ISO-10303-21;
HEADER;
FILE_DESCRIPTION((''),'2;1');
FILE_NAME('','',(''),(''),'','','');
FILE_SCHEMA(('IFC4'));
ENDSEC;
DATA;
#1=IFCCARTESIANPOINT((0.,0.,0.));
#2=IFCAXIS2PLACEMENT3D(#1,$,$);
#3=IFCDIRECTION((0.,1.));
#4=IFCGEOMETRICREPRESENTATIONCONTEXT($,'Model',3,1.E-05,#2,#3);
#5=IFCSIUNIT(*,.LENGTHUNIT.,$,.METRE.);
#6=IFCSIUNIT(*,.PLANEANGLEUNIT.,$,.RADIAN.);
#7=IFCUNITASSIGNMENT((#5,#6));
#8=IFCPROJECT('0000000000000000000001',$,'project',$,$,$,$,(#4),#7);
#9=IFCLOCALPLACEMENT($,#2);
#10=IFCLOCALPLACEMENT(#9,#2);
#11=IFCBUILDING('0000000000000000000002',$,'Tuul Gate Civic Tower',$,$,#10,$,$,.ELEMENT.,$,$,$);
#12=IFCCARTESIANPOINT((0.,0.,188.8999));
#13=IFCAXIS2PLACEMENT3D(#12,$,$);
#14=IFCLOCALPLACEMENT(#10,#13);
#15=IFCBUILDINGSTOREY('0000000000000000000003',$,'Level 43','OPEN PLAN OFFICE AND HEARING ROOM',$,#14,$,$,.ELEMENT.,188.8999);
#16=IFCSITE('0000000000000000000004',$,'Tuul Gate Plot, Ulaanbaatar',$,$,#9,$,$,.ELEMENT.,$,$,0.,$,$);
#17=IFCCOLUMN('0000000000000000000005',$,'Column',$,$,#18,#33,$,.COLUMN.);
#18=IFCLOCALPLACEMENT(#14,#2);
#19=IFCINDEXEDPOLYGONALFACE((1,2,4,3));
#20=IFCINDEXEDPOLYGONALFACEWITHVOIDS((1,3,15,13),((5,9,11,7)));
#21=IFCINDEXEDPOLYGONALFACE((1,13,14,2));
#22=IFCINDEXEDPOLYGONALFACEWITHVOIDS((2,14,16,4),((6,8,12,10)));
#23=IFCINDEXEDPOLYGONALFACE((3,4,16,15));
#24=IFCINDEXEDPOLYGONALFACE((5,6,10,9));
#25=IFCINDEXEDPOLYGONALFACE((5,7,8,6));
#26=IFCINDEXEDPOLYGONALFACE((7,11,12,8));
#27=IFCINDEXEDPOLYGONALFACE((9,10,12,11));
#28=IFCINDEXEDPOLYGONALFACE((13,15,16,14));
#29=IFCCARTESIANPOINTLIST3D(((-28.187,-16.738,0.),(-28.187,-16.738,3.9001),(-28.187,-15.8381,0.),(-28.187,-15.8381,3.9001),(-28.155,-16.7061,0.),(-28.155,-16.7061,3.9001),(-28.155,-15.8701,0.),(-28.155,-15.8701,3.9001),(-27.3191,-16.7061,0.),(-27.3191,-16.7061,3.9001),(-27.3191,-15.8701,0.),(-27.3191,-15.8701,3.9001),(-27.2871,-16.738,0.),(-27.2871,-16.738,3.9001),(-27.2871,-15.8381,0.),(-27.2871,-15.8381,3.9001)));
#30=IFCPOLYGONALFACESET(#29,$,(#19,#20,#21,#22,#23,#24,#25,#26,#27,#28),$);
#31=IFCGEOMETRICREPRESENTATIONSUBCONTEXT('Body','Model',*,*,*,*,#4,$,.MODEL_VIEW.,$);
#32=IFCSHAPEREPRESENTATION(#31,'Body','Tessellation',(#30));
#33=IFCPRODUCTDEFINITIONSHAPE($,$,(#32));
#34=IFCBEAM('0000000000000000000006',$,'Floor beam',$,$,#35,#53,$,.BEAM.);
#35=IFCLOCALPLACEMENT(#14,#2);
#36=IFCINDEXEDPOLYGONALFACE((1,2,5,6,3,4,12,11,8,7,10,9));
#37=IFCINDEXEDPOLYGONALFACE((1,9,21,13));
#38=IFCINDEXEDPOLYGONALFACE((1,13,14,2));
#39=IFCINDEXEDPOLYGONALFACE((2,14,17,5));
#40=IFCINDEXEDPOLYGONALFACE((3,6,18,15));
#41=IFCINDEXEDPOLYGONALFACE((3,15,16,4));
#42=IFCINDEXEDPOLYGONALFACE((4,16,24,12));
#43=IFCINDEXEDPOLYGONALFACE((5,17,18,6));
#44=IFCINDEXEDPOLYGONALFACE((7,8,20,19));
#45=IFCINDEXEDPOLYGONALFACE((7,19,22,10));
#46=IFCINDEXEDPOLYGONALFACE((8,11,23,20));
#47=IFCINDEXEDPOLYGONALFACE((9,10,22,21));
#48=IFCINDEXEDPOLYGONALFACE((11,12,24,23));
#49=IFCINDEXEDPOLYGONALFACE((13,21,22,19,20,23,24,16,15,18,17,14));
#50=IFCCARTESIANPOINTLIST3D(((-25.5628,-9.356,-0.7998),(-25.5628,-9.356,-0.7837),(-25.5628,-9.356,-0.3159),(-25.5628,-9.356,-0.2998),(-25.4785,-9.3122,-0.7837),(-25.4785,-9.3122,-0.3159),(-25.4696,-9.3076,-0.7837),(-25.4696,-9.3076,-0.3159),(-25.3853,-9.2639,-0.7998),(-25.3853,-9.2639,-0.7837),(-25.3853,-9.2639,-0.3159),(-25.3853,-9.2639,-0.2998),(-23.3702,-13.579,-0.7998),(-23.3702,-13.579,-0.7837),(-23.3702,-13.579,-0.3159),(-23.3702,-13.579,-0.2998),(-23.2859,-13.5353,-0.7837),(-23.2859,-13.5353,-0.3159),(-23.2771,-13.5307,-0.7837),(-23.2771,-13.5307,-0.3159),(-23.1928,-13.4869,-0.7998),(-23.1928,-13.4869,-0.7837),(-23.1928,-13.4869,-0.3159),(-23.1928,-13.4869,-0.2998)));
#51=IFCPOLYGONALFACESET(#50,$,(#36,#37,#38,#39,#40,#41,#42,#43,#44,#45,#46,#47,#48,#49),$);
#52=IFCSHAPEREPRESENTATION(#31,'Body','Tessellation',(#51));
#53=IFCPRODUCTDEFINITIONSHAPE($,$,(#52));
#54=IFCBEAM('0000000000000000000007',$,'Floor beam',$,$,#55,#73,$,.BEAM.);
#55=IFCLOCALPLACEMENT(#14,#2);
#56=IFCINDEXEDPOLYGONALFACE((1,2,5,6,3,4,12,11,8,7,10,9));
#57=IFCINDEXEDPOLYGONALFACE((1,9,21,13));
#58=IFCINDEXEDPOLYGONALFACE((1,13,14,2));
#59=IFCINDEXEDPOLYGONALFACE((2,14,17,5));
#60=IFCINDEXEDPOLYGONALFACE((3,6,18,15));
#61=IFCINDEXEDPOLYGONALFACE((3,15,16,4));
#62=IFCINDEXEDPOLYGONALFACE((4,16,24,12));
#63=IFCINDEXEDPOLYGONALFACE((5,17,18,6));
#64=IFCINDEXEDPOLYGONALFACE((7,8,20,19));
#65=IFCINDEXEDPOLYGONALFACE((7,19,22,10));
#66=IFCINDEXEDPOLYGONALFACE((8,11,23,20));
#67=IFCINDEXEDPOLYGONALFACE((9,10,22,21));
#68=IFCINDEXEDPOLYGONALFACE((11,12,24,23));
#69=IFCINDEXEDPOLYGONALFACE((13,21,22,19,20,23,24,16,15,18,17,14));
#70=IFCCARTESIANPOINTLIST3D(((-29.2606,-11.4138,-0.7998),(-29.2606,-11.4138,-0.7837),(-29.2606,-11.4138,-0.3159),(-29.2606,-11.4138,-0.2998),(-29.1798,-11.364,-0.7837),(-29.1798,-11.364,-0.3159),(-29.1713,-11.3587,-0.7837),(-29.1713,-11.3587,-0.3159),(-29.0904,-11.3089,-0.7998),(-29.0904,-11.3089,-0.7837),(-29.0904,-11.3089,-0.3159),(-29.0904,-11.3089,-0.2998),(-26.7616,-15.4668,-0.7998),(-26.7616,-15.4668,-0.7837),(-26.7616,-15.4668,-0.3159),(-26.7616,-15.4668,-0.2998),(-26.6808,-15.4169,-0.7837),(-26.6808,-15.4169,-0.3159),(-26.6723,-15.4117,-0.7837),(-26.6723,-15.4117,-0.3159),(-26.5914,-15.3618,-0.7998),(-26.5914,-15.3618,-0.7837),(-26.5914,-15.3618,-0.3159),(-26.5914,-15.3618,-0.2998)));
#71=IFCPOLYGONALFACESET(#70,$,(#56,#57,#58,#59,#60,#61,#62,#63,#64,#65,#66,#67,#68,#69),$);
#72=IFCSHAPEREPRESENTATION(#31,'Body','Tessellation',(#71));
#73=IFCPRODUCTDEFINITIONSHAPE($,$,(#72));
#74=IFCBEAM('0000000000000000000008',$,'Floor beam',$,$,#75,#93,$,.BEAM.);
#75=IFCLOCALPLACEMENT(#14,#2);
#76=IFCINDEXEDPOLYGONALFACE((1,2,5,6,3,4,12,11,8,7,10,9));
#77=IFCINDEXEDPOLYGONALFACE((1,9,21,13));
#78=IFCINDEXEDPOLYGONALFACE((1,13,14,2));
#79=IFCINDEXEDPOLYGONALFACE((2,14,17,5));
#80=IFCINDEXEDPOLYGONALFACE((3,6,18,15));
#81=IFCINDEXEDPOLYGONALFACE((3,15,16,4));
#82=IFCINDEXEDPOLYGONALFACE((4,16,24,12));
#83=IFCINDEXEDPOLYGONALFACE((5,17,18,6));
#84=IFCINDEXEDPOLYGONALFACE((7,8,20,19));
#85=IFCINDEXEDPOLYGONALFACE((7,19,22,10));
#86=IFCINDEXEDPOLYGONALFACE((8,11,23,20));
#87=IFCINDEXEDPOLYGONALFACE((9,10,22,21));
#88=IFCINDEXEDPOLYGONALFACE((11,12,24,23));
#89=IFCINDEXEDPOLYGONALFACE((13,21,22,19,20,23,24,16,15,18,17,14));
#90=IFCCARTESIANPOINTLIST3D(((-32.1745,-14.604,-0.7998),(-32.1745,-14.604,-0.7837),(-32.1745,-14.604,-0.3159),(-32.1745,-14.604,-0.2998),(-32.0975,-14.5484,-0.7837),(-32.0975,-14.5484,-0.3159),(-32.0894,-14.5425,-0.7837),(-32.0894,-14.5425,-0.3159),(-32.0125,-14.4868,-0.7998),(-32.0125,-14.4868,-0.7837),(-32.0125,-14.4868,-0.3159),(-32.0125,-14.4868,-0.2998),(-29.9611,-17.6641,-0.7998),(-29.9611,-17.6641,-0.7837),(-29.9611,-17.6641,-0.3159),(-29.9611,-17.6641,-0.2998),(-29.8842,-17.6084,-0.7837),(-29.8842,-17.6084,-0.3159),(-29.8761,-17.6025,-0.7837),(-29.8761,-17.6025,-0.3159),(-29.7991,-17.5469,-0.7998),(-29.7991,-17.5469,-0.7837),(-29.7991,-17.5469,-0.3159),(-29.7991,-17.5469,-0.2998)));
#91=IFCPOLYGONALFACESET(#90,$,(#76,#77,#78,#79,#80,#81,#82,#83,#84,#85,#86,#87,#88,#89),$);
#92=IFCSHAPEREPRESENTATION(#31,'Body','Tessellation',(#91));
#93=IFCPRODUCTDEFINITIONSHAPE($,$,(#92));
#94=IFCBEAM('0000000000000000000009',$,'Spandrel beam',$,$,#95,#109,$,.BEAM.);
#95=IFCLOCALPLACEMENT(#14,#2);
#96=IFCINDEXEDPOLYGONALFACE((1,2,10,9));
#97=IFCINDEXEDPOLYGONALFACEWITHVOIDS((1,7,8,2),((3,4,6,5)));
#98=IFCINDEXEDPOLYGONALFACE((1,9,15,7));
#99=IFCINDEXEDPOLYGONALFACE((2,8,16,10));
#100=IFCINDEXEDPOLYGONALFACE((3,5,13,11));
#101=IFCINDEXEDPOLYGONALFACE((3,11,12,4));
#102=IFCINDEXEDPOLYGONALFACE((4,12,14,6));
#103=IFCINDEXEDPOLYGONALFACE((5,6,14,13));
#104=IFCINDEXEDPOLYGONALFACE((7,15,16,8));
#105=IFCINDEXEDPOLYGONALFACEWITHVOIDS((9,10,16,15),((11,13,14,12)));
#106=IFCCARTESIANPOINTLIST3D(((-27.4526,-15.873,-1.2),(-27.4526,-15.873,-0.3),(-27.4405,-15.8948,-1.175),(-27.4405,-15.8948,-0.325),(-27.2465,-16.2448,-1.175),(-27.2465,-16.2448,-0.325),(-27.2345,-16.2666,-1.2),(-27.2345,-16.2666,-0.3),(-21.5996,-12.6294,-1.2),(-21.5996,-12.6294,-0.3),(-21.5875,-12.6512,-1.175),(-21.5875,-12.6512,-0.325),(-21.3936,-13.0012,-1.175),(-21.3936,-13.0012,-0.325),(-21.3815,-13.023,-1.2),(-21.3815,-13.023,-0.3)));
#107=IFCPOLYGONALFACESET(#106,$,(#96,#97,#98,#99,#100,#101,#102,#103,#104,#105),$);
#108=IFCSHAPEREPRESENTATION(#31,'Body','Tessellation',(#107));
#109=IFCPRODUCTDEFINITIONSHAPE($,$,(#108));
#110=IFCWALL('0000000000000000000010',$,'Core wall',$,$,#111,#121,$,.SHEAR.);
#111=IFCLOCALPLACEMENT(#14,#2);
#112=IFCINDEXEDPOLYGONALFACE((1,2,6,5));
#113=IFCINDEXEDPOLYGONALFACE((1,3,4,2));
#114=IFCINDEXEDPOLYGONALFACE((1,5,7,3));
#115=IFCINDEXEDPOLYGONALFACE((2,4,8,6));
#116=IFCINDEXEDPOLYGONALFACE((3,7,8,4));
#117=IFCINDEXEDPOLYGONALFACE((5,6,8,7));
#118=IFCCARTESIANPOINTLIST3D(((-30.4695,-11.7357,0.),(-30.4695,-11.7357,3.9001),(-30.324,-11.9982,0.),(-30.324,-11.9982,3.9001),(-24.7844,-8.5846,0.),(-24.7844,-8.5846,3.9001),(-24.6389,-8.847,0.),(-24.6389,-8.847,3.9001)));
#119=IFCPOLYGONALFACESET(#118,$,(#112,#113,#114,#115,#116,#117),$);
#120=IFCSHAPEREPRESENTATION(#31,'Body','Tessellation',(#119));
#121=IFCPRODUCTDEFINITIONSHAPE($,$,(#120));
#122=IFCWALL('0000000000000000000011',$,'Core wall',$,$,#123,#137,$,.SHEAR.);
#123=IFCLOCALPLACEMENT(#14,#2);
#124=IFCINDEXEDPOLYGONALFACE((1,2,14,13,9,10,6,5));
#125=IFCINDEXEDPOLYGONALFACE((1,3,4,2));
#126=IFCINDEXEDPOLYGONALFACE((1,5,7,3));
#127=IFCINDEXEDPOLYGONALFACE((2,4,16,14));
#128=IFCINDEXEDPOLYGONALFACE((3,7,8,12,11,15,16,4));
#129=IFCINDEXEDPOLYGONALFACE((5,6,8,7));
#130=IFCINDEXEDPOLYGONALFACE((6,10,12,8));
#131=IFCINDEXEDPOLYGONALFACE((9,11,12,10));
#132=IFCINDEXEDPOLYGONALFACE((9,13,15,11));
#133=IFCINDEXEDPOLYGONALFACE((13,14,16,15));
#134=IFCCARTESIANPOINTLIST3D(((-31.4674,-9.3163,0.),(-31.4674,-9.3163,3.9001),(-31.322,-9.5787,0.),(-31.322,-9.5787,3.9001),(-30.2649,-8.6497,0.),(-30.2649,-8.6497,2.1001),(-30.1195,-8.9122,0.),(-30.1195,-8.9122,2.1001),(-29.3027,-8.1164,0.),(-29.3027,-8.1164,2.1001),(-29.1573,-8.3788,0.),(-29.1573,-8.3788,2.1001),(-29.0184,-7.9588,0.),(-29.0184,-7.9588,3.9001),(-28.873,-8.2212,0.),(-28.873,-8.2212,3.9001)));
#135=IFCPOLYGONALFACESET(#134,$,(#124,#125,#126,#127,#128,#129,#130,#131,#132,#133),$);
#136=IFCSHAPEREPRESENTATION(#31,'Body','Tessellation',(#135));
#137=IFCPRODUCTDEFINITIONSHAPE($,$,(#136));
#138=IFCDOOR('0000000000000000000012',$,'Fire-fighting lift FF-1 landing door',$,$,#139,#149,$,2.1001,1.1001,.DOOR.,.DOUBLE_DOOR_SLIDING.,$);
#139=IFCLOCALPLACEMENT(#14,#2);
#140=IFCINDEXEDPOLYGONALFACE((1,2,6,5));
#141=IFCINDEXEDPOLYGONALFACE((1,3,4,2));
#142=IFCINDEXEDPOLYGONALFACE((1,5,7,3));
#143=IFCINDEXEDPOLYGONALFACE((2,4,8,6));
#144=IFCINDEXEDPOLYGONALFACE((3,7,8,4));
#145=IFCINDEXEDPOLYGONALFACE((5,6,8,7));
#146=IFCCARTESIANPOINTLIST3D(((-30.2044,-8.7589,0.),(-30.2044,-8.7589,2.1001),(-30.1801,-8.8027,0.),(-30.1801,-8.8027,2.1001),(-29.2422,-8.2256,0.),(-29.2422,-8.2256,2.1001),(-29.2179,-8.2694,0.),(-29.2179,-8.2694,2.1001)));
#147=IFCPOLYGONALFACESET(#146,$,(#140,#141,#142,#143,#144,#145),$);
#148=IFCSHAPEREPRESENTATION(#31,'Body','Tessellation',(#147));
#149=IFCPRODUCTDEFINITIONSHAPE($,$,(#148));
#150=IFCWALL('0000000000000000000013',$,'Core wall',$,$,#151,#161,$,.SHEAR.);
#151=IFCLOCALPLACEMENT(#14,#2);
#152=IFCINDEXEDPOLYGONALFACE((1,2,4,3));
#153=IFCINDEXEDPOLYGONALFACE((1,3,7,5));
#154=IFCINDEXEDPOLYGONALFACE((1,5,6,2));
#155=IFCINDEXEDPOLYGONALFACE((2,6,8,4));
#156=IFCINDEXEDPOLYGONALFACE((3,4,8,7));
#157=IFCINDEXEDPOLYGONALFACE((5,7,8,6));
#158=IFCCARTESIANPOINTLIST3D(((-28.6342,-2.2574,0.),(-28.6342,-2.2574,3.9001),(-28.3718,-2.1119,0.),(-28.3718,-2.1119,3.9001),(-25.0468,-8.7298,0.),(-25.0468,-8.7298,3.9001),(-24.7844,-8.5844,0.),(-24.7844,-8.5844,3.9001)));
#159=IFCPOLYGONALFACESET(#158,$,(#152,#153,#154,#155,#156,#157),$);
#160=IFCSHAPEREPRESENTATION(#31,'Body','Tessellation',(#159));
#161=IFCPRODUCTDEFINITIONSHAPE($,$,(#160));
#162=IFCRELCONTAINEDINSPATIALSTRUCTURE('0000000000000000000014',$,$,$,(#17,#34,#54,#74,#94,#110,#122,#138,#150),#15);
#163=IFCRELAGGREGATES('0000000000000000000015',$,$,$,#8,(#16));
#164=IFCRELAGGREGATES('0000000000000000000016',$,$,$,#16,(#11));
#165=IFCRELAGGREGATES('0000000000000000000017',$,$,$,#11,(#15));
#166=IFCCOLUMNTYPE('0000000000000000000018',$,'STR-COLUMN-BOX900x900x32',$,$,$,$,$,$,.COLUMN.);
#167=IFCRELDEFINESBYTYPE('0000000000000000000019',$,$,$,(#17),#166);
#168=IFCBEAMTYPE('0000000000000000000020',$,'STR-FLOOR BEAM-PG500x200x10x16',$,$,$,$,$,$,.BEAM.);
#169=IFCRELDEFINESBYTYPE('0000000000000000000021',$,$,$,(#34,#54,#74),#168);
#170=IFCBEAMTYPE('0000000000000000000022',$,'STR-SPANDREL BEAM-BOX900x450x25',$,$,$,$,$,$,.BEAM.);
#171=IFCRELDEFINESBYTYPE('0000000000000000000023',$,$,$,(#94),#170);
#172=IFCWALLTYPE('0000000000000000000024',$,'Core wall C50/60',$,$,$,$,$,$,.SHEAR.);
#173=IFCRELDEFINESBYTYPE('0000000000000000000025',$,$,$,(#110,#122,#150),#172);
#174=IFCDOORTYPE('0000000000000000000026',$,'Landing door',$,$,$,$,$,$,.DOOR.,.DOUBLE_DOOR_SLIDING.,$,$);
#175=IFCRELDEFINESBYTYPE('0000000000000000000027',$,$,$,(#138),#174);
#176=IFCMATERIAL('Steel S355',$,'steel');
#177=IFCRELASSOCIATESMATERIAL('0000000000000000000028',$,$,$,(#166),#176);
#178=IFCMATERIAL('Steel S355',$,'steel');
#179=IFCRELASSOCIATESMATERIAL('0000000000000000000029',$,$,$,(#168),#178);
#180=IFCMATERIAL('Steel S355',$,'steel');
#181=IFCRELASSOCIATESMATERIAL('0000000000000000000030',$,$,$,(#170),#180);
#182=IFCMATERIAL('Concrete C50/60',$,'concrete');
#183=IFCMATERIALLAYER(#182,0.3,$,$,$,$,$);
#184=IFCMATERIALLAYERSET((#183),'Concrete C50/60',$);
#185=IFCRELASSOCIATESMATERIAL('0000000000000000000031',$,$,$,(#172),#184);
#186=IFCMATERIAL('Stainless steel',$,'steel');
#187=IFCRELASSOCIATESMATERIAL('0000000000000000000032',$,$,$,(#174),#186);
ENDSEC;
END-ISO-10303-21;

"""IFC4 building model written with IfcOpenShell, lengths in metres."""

from ifc_helpers import new_model, si_unit, direction, frame, frame_2d, origin, origin_2d, place, context, subcontext, project, spatial, rectangle, hollow_rectangle, i_section, extrude, material, layer, layer_set, material_profile, profile_set, type_object, element, fill, save


model = new_model("IFC4")

# Units and contexts
model_context = context("Model", 3, precision=1e-05, world=origin(), true_north=direction((0.0, 1.0)))
body_context = subcontext(model_context, "Body", "Model", "MODEL_VIEW")
ifc_project = project(units=[si_unit("LENGTHUNIT", "METRE"), si_unit("PLANEANGLEUNIT", "RADIAN")], contexts=[model_context])

# Site, building, storey
site_placement = place(None, origin())
site = spatial("IfcSite", under=ifc_project, at=site_placement, Name="Tuul Gate Plot, Ulaanbaatar", CompositionType="ELEMENT", RefElevation=0.0)
building_placement = place(site_placement, origin())
building = spatial("IfcBuilding", under=site, at=building_placement, Name="Tuul Gate Civic Tower", CompositionType="ELEMENT")
storey_placement = place(building_placement, frame((0.0, 0.0, 188.8999)))
storey = spatial("IfcBuildingStorey", under=building, at=storey_placement, Name="Level 43", Description="OPEN PLAN OFFICE AND HEARING ROOM", CompositionType="ELEMENT", Elevation=188.8999)

# Column
ifc_material_1 = material(Name="Steel S355", Category="steel")
ifc_material_profile_1 = material_profile(ifc_material_1, hollow_rectangle(XDim=0.8999, YDim=0.8999, WallThickness=0.032, at=origin_2d()), Name="BOX900x900x32")
ifc_profile_set_1 = profile_set([ifc_material_profile_1], Name="Steel S355")
column_type = type_object("IfcColumnType", Name="STR-COLUMN-BOX900x900x32", PredefinedType="COLUMN", material=ifc_profile_set_1)
column_placement = place(storey_placement, frame((-27.7371, -16.2881, 0.0), z_axis=(0.0, 0.0, 1.0), x_axis=(1.0, 0.0, 0.0)))
element("IfcColumn", 1, at=column_placement, inside=storey, type_object=column_type, Name="Column", PredefinedType="COLUMN", context=body_context, shape_type="SweptSolid", body=[
    extrude(hollow_rectangle(XDim=0.8999, YDim=0.8999, WallThickness=0.032, at=origin_2d()), origin(), (0.0, 0.0, 1.0), 3.9001),
])

# Beams
ifc_material_2 = material(Name="Steel S355", Category="steel")
ifc_material_profile_2 = material_profile(ifc_material_2, i_section(OverallWidth=0.2, OverallDepth=0.5, WebThickness=0.01, FlangeThickness=0.0161, at=origin_2d()), Name="PG500x200x10x16")
ifc_profile_set_2 = profile_set([ifc_material_profile_2], Name="Steel S355")
beam_type_1 = type_object("IfcBeamType", Name="STR-FLOOR BEAM-PG500x200x10x16", PredefinedType="BEAM", material=ifc_profile_set_2)
beam_1_placement = place(storey_placement, frame((-23.2815, -13.533, -0.5498), z_axis=(-0.460789, 0.88751, 0.0), x_axis=(-0.88751, -0.460789, 0.0)))
element("IfcBeam", 2, at=beam_1_placement, inside=storey, type_object=beam_type_1, Name="Floor beam", PredefinedType="BEAM", context=body_context, shape_type="SweptSolid", body=[
    extrude(i_section(OverallWidth=0.2, OverallDepth=0.5, WebThickness=0.01, FlangeThickness=0.0161, at=origin_2d()), origin(), (0.0, 0.0, 1.0), 4.7583),
])
beam_2_placement = place(storey_placement, frame((-26.6765, -15.4143, -0.5498), z_axis=(-0.524841, 0.8512, 0.0), x_axis=(-0.8512, -0.524841, 0.0)))
element("IfcBeam", 3, at=beam_2_placement, inside=storey, type_object=beam_type_1, Name="Floor beam", PredefinedType="BEAM", context=body_context, shape_type="SweptSolid", body=[
    extrude(i_section(OverallWidth=0.2, OverallDepth=0.5, WebThickness=0.01, FlangeThickness=0.0161, at=origin_2d()), origin(), (0.0, 0.0, 1.0), 4.7615),
])
beam_3_placement = place(storey_placement, frame((-29.8801, -17.6055, -0.5498), z_axis=(-0.586071, 0.81026, 0.0), x_axis=(-0.81026, -0.586071, 0.0)))
element("IfcBeam", 4, at=beam_3_placement, inside=storey, type_object=beam_type_1, Name="Floor beam", PredefinedType="BEAM", context=body_context, shape_type="SweptSolid", body=[
    extrude(i_section(OverallWidth=0.2, OverallDepth=0.5, WebThickness=0.01, FlangeThickness=0.0161, at=origin_2d()), origin(), (0.0, 0.0, 1.0), 3.7766),
])
ifc_material_3 = material(Name="Steel S355", Category="steel")
ifc_material_profile_3 = material_profile(ifc_material_3, hollow_rectangle(XDim=0.45, YDim=0.8999, WallThickness=0.0249, at=origin_2d()), Name="BOX900x450x25")
ifc_profile_set_3 = profile_set([ifc_material_profile_3], Name="Steel S355")
beam_type_2 = type_object("IfcBeamType", Name="STR-SPANDREL BEAM-BOX900x450x25", PredefinedType="BEAM", material=ifc_profile_set_3)
beam_4_placement = place(storey_placement, frame((-27.3435, -16.0698, -0.75), z_axis=(0.874666, 0.484726, 0.0), x_axis=(-0.484726, 0.874666, 0.0)))
element("IfcBeam", 5, at=beam_4_placement, inside=storey, type_object=beam_type_2, Name="Spandrel beam", PredefinedType="BEAM", context=body_context, shape_type="SweptSolid", body=[
    extrude(hollow_rectangle(XDim=0.45, YDim=0.8999, WallThickness=0.0249, at=origin_2d()), origin(), (0.0, 0.0, 1.0), 6.6917),
])

# Wall
ifc_material_4 = material(Name="Concrete C50/60", Category="concrete")
ifc_layer_1 = layer(ifc_material_4, 0.3)
ifc_layer_set_1 = layer_set([ifc_layer_1], Name="Concrete C50/60")
wall_type_1 = type_object("IfcWallType", Name="Core wall C50/60", PredefinedType="SHEAR", material=ifc_layer_set_1)
wall_1_placement = place(storey_placement, frame((-24.7117, -8.7158, 0.0), z_axis=(0.0, 0.0, 1.0), x_axis=(-0.87463, -0.484791, 0.0)))
element("IfcWall", 6, at=wall_1_placement, inside=storey, type_object=wall_type_1, Name="Core wall", PredefinedType="SHEAR", context=body_context, shape_type="SweptSolid", body=[
    extrude(rectangle(XDim=6.5, YDim=0.3, at=frame_2d((3.25, 0.0))), origin(), (0.0, 0.0, 1.0), 3.9001),
])

# Wall, opening, door
wall_2_placement = place(storey_placement, frame((-28.9458, -8.0901, 0.0), z_axis=(0.0, 0.0, 1.0), x_axis=(-0.87463, -0.484791, 0.0)))
wall_2 = element("IfcWall", 7, at=wall_2_placement, inside=storey, type_object=wall_type_1, Name="Core wall", PredefinedType="SHEAR", context=body_context, shape_type="SweptSolid", body=[
    extrude(rectangle(XDim=2.8, YDim=0.3, at=frame_2d((1.3999, 0.0))), origin(), (0.0, 0.0, 1.0), 3.9001),
])
opening_1_placement = place(wall_2_placement, frame((0.325, 0.0, 0.0)))
opening_1 = element("IfcOpeningElement", 8, at=opening_1_placement, cuts=wall_2, PredefinedType="OPENING", context=body_context, shape_type="SweptSolid", body=[
    extrude(rectangle(XDim=1.1001, YDim=2.1001, at=frame_2d((0.55, 1.05))), frame((0.0, 0.1602, 0.0), z_axis=(0.0, -1.0, 0.0), x_axis=(1.0, 0.0, 0.0)), (0.0, 0.0, 1.0), 0.3201),
])
ifc_material_5 = material(Name="Stainless steel", Category="steel")
door_type_1 = type_object("IfcDoorType", Name="Landing door", OperationType="DOUBLE_DOOR_SLIDING", PredefinedType="DOOR", material=ifc_material_5)
door_1_placement = place(opening_1_placement, origin())
door_1 = element("IfcDoor", 9, at=door_1_placement, inside=storey, type_object=door_type_1, Name="Fire-fighting lift FF-1 landing door", OperationType="DOUBLE_DOOR_SLIDING", OverallHeight=2.1001, OverallWidth=1.1001, PredefinedType="DOOR", context=body_context, shape_type="SweptSolid", body=[
    extrude(rectangle(XDim=1.1001, YDim=2.1001, at=frame_2d((0.55, 1.05))), frame((0.0, 0.0249, 0.0), z_axis=(0.0, -1.0, 0.0), x_axis=(1.0, 0.0, 0.0)), (0.0, 0.0, 1.0), 0.05),
])
fill(opening_1, door_1)

# Wall
wall_3_placement = place(storey_placement, frame((-24.9155, -8.6572, 0.0), z_axis=(0.0, 0.0, 1.0), x_axis=(-0.484777, 0.874638, 0.0)))
element("IfcWall", 10, at=wall_3_placement, inside=storey, type_object=wall_type_1, Name="Core wall", PredefinedType="SHEAR", context=body_context, shape_type="SweptSolid", body=[
    extrude(rectangle(XDim=7.4001, YDim=0.3, at=frame_2d((3.7002, 0.0))), origin(), (0.0, 0.0, 1.0), 3.9001),
])

save(model, "model.ifc")
